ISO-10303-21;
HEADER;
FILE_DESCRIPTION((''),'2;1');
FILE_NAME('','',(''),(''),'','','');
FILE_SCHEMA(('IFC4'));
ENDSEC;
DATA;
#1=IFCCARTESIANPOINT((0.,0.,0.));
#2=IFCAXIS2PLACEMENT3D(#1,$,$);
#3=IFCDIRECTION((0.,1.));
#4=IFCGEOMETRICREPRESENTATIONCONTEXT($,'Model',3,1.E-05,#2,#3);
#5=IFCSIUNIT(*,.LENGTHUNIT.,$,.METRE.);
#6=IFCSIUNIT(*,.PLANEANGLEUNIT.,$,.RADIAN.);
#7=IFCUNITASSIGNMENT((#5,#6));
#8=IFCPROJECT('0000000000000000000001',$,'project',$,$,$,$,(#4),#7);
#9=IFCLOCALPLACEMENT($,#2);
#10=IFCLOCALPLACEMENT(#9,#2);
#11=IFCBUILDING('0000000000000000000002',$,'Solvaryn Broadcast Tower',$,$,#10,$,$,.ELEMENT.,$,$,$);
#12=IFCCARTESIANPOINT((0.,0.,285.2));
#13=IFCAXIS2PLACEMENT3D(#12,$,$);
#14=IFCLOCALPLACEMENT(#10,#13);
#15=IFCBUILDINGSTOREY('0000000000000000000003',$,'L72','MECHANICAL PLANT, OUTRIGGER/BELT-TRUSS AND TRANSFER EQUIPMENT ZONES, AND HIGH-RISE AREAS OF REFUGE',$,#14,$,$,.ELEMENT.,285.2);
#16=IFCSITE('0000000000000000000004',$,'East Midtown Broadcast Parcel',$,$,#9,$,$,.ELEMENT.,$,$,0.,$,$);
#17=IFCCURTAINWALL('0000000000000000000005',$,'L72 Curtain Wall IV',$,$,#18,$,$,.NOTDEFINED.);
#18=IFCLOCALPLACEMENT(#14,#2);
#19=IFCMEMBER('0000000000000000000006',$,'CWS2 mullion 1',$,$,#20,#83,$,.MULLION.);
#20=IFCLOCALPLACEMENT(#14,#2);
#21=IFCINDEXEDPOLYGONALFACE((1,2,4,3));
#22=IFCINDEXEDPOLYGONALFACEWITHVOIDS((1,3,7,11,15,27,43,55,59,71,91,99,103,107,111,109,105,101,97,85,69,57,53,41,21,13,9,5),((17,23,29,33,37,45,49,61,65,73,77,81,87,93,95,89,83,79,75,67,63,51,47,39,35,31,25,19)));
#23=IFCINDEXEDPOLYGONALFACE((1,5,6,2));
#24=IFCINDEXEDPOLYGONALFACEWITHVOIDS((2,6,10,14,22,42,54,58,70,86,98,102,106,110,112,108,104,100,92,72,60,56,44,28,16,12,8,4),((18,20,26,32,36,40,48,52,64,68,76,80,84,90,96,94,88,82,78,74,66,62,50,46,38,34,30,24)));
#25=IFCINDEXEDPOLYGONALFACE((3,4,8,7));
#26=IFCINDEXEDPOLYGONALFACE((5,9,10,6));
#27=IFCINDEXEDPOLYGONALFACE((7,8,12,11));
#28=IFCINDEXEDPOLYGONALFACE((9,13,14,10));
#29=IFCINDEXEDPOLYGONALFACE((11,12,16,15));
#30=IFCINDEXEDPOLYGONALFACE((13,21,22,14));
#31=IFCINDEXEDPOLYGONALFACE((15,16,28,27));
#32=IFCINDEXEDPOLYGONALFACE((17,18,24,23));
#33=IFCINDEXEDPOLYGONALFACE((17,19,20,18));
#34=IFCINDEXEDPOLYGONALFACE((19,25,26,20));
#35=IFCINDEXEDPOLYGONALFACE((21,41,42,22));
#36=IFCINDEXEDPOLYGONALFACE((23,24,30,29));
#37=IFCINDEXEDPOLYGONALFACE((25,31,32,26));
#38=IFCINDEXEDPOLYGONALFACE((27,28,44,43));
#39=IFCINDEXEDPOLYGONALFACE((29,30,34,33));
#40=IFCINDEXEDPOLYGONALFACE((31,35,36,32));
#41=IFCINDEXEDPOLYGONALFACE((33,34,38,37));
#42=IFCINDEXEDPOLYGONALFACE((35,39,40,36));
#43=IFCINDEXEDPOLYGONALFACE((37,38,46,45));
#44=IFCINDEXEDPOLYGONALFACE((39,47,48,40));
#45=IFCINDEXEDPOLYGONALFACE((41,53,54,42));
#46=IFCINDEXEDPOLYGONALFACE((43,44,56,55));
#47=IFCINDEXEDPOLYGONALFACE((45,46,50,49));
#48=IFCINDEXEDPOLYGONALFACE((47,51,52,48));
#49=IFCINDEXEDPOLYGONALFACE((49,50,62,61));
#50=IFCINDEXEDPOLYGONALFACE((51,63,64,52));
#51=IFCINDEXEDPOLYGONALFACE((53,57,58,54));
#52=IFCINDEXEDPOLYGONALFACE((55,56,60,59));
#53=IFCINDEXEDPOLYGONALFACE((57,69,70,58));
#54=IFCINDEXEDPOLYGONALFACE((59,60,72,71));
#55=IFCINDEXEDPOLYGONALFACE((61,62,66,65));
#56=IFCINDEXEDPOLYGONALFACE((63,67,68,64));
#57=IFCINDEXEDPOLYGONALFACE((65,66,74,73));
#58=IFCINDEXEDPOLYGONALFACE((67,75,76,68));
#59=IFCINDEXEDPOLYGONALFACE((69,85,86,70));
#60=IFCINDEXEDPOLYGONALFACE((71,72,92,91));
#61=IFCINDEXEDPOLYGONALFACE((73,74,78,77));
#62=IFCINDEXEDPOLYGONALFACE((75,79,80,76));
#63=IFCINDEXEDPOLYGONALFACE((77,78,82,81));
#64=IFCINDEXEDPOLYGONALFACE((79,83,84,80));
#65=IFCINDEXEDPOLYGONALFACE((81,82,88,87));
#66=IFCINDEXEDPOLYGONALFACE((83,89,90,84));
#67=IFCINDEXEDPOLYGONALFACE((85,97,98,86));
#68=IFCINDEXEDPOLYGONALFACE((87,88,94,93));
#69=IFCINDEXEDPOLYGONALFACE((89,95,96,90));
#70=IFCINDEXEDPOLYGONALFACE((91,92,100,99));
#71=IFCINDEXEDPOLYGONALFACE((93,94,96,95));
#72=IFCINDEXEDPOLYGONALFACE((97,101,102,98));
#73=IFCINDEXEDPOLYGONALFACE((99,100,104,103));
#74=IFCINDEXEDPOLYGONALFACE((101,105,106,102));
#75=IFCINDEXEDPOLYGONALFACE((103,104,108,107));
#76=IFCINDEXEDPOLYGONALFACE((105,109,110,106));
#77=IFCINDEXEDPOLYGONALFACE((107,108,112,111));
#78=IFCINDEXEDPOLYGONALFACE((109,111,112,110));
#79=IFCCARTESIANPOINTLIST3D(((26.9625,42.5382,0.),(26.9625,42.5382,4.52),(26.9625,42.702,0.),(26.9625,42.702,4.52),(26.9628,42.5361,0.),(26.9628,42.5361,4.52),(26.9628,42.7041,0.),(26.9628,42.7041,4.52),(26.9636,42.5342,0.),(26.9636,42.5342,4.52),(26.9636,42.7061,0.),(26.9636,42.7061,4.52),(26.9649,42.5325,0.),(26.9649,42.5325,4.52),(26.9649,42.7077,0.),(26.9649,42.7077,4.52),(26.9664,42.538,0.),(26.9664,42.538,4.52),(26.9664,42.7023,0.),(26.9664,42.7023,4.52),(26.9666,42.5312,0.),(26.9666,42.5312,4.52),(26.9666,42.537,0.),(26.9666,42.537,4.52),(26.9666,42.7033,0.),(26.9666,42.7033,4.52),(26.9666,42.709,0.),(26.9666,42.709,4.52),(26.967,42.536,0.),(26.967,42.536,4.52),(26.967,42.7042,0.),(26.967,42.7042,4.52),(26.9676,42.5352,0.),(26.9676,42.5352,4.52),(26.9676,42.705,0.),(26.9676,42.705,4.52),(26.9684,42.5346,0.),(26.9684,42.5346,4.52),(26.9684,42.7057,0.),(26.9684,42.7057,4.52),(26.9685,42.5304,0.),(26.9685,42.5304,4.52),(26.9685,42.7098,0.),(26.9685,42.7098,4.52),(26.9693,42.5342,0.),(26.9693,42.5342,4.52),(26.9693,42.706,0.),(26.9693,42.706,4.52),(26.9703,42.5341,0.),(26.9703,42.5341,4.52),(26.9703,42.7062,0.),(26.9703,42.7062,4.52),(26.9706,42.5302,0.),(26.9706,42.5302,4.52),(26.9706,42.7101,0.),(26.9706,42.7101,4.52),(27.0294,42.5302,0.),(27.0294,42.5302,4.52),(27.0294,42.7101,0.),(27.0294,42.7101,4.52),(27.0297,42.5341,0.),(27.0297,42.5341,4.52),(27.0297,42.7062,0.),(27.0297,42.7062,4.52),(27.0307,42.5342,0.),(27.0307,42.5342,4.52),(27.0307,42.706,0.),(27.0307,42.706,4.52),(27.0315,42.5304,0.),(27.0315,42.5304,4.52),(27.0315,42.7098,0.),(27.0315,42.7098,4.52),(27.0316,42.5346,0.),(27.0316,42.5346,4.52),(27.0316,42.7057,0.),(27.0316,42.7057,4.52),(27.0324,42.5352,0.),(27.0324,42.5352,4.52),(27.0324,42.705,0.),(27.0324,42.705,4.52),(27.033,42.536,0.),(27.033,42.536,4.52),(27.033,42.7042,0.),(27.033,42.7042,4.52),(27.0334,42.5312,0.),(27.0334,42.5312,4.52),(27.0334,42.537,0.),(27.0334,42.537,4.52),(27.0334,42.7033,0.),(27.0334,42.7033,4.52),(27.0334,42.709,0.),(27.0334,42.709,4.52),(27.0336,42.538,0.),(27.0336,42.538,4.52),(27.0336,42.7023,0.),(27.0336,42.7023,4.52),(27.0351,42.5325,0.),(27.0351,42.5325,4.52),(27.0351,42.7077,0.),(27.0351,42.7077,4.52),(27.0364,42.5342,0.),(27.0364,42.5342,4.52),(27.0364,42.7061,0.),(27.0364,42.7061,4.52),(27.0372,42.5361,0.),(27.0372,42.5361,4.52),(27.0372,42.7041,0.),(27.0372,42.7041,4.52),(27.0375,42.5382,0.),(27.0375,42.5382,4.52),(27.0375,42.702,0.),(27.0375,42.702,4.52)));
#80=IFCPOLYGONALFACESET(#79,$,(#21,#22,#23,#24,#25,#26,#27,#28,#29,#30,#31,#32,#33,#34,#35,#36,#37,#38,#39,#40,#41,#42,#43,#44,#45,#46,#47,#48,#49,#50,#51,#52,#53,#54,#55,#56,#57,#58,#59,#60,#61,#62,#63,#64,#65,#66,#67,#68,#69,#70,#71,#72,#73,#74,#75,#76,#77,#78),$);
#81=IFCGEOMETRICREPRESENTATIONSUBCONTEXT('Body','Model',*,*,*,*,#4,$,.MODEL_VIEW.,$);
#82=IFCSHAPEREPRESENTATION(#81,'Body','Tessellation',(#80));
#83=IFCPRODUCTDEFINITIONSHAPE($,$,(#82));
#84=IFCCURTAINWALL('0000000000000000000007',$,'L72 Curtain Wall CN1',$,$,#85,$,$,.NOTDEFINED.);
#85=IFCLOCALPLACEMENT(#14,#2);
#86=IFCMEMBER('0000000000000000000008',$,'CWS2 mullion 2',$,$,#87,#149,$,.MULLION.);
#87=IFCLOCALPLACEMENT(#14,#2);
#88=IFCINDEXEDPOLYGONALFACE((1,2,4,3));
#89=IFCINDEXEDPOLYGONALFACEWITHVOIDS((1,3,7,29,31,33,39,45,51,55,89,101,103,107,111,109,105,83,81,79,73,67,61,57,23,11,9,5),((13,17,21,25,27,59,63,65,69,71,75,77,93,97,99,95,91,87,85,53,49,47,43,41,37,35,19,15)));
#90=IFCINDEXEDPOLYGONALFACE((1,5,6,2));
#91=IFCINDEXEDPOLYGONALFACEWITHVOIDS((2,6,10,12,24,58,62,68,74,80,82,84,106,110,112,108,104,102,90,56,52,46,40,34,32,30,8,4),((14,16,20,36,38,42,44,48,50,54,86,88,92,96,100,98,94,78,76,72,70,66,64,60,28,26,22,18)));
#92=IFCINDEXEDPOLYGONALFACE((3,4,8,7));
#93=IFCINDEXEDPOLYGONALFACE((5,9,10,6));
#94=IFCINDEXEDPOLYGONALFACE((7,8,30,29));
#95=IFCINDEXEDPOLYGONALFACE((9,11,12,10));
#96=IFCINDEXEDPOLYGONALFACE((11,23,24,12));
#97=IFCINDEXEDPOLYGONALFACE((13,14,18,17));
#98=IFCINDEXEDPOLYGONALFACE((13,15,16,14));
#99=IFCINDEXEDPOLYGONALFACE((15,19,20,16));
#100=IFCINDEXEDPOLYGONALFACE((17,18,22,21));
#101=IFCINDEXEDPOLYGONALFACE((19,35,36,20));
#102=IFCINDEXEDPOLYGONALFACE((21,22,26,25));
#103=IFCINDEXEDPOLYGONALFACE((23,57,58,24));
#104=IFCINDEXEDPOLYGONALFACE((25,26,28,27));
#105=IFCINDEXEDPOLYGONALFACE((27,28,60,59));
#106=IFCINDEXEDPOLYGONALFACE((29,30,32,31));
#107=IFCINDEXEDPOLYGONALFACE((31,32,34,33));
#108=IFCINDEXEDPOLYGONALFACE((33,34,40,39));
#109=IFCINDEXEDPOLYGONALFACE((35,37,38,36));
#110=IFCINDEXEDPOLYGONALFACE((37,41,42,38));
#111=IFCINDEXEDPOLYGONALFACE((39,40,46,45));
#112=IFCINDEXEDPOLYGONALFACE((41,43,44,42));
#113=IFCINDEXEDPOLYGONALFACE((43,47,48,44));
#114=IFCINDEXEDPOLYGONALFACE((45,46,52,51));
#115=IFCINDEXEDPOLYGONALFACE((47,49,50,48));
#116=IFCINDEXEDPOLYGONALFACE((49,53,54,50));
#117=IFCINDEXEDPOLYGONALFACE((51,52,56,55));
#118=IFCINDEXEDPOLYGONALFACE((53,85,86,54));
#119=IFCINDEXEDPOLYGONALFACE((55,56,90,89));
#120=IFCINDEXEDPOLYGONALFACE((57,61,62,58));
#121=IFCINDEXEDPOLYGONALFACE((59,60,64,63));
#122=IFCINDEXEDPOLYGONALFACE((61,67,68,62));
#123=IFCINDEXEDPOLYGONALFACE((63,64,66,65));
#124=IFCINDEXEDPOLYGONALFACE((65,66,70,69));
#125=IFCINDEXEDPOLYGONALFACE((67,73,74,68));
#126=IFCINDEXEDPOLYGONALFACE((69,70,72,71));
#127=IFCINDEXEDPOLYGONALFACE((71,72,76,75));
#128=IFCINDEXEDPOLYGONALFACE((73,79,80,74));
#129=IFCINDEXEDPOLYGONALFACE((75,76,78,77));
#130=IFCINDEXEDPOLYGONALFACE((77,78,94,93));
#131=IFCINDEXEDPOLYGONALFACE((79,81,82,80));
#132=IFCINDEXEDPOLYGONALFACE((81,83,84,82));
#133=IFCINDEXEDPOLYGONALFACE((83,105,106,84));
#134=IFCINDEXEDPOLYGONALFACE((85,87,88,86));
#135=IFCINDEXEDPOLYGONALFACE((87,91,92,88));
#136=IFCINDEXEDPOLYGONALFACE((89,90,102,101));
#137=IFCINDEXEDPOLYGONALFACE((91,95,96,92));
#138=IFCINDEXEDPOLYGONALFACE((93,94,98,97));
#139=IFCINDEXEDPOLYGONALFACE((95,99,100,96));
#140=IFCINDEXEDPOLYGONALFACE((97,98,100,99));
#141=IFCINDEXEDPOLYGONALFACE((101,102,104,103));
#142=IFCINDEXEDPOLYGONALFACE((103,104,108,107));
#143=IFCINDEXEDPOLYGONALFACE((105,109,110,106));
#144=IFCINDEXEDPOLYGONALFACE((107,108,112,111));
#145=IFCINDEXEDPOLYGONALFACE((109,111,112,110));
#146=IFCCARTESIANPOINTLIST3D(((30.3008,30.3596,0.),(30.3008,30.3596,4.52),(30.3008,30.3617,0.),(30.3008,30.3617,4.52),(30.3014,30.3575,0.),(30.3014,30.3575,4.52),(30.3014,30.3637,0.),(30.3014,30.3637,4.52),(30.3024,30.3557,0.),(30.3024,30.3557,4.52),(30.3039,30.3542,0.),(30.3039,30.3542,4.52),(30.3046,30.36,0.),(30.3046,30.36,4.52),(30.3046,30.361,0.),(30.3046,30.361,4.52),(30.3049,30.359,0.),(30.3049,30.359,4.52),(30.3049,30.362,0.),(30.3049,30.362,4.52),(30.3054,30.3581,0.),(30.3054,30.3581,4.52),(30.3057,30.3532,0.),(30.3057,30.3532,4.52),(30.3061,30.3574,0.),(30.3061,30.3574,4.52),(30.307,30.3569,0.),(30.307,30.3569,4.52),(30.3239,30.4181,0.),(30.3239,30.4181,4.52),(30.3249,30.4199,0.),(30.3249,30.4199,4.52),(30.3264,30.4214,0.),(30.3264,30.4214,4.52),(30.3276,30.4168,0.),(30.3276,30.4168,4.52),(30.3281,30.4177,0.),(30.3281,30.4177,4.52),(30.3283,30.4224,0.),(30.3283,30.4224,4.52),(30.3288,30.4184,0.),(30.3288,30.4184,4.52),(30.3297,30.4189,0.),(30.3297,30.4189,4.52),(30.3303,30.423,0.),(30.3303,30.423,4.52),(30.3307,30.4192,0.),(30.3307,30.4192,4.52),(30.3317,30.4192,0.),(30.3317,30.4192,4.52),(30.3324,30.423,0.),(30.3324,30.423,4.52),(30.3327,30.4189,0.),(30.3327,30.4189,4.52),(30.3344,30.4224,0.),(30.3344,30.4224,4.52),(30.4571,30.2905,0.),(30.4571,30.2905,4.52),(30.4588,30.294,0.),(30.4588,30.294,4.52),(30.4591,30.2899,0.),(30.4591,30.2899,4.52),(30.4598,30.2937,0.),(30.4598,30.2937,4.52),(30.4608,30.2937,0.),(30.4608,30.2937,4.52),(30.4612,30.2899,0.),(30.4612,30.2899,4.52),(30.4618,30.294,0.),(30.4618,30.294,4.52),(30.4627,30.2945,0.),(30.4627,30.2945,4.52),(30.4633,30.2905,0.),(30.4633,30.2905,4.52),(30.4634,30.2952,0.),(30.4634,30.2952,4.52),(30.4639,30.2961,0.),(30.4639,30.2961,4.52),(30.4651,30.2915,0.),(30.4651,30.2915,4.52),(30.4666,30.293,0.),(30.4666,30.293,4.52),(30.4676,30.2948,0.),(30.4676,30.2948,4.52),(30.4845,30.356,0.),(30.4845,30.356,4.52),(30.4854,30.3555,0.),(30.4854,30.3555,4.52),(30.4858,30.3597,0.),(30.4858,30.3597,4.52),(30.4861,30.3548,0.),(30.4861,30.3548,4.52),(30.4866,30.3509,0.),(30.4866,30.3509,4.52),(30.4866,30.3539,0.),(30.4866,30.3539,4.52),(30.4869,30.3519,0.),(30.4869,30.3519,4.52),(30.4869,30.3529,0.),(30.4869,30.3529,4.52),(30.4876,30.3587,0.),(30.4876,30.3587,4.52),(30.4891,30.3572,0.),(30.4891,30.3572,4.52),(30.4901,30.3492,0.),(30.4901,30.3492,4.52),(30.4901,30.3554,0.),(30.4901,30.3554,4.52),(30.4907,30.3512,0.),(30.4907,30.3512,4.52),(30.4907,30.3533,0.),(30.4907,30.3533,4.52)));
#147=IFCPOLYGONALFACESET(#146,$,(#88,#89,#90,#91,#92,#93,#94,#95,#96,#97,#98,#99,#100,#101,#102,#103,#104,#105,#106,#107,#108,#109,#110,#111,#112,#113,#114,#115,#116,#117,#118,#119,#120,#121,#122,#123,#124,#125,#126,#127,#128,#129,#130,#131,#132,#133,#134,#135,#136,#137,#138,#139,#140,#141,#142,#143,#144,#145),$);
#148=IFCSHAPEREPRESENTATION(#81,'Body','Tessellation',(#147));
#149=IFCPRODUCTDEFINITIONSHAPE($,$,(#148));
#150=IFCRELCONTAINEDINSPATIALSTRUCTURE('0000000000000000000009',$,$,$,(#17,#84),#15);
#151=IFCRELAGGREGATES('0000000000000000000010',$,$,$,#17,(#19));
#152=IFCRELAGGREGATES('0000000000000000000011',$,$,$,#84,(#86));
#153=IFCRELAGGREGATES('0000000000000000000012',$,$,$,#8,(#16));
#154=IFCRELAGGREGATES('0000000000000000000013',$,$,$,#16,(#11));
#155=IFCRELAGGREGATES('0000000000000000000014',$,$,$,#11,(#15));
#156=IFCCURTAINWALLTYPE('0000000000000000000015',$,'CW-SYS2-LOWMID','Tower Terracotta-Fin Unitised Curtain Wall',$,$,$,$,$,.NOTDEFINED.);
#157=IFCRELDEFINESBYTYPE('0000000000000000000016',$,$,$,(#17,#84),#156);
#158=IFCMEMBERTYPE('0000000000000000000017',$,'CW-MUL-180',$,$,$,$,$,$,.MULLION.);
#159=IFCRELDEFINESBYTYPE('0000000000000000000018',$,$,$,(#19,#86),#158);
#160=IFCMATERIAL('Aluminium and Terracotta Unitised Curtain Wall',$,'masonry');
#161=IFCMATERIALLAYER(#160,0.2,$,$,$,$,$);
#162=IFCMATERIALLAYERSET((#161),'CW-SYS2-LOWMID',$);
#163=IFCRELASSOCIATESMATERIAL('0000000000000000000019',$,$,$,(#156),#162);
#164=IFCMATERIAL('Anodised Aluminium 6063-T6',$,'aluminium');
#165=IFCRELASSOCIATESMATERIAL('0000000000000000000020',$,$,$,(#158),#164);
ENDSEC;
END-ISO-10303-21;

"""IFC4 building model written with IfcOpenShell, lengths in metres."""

from ifc_helpers import new_model, si_unit, direction, frame, origin, origin_2d, place, context, subcontext, project, spatial, hollow_rectangle, extrude, material, layer, layer_set, material_profile, profile_set, type_object, element, aggregate, save


model = new_model("IFC4")

# Units and contexts
model_context = context("Model", 3, precision=1e-05, world=origin(), true_north=direction((0.0, 1.0)))
body_context = subcontext(model_context, "Body", "Model", "MODEL_VIEW")
ifc_project = project(units=[si_unit("LENGTHUNIT", "METRE"), si_unit("PLANEANGLEUNIT", "RADIAN")], contexts=[model_context])

# Site, building, storey
site_placement = place(None, origin())
site = spatial("IfcSite", under=ifc_project, at=site_placement, Name="East Midtown Broadcast Parcel", CompositionType="ELEMENT", RefElevation=0.0)
building_placement = place(site_placement, origin())
building = spatial("IfcBuilding", under=site, at=building_placement, Name="Solvaryn Broadcast Tower", CompositionType="ELEMENT")
storey_placement = place(building_placement, frame((0.0, 0.0, 285.2)))
storey = spatial("IfcBuildingStorey", under=building, at=storey_placement, Name="L72", Description="MECHANICAL PLANT, OUTRIGGER/BELT-TRUSS AND TRANSFER EQUIPMENT ZONES, AND HIGH-RISE AREAS OF REFUGE", CompositionType="ELEMENT", Elevation=285.2)

# Curtain walls, members
ifc_material_1 = material(Name="Aluminium and Terracotta Unitised Curtain Wall", Category="masonry")
ifc_layer_1 = layer(ifc_material_1, 0.2)
ifc_layer_set_1 = layer_set([ifc_layer_1], Name="CW-SYS2-LOWMID")
curtain_wall_type = type_object("IfcCurtainWallType", Name="CW-SYS2-LOWMID", Description="Tower Terracotta-Fin Unitised Curtain Wall", PredefinedType="NOTDEFINED", material=ifc_layer_set_1)
curtain_wall_1_placement = place(storey_placement, origin())
curtain_wall_1 = element("IfcCurtainWall", 1, at=curtain_wall_1_placement, inside=storey, type_object=curtain_wall_type, Name="L72 Curtain Wall IV", PredefinedType="NOTDEFINED")
ifc_material_2 = material(Name="Anodised Aluminium 6063-T6", Category="aluminium")
ifc_material_profile_1 = material_profile(ifc_material_2, hollow_rectangle(XDim=0.075, YDim=0.1799, WallThickness=0.0039, InnerFilletRadius=0.0039, OuterFilletRadius=0.0081, at=origin_2d()))
ifc_profile_set_1 = profile_set([ifc_material_profile_1], Name="Anodised Aluminium 6063-T6")
member_type_1 = type_object("IfcMemberType", Name="CW-MUL-180", PredefinedType="MULLION", material=ifc_profile_set_1)
member_1_placement = place(storey_placement, frame((27.0, 42.6201, 0.0), z_axis=(0.0, 0.0, 1.0), x_axis=(1.0, 0.0, 0.0)))
member_1 = element("IfcMember", 2, at=member_1_placement, type_object=member_type_1, Name="CWS2 mullion 1", PredefinedType="MULLION", context=body_context, shape_type="SweptSolid", body=[
    extrude(hollow_rectangle(XDim=0.075, YDim=0.1799, WallThickness=0.0039, InnerFilletRadius=0.0039, OuterFilletRadius=0.0081, at=origin_2d()), origin(), (0.0, 0.0, 1.0), 4.52),
])
curtain_wall_2_placement = place(storey_placement, origin())
curtain_wall_2 = element("IfcCurtainWall", 3, at=curtain_wall_2_placement, inside=storey, type_object=curtain_wall_type, Name="L72 Curtain Wall CN1", PredefinedType="NOTDEFINED")
member_2_placement = place(storey_placement, frame((30.3958, 30.3564, 0.0), z_axis=(0.0, 0.0, 1.0), x_axis=(-0.382646, -0.923895, 0.0)))
member_2 = element("IfcMember", 4, at=member_2_placement, type_object=member_type_1, Name="CWS2 mullion 2", PredefinedType="MULLION", context=body_context, shape_type="SweptSolid", body=[
    extrude(hollow_rectangle(XDim=0.075, YDim=0.1799, WallThickness=0.0039, InnerFilletRadius=0.0039, OuterFilletRadius=0.0081, at=origin_2d()), origin(), (0.0, 0.0, 1.0), 4.52),
])

aggregate(curtain_wall_1, [member_1])

aggregate(curtain_wall_2, [member_2])

save(model, "model.ifc")
